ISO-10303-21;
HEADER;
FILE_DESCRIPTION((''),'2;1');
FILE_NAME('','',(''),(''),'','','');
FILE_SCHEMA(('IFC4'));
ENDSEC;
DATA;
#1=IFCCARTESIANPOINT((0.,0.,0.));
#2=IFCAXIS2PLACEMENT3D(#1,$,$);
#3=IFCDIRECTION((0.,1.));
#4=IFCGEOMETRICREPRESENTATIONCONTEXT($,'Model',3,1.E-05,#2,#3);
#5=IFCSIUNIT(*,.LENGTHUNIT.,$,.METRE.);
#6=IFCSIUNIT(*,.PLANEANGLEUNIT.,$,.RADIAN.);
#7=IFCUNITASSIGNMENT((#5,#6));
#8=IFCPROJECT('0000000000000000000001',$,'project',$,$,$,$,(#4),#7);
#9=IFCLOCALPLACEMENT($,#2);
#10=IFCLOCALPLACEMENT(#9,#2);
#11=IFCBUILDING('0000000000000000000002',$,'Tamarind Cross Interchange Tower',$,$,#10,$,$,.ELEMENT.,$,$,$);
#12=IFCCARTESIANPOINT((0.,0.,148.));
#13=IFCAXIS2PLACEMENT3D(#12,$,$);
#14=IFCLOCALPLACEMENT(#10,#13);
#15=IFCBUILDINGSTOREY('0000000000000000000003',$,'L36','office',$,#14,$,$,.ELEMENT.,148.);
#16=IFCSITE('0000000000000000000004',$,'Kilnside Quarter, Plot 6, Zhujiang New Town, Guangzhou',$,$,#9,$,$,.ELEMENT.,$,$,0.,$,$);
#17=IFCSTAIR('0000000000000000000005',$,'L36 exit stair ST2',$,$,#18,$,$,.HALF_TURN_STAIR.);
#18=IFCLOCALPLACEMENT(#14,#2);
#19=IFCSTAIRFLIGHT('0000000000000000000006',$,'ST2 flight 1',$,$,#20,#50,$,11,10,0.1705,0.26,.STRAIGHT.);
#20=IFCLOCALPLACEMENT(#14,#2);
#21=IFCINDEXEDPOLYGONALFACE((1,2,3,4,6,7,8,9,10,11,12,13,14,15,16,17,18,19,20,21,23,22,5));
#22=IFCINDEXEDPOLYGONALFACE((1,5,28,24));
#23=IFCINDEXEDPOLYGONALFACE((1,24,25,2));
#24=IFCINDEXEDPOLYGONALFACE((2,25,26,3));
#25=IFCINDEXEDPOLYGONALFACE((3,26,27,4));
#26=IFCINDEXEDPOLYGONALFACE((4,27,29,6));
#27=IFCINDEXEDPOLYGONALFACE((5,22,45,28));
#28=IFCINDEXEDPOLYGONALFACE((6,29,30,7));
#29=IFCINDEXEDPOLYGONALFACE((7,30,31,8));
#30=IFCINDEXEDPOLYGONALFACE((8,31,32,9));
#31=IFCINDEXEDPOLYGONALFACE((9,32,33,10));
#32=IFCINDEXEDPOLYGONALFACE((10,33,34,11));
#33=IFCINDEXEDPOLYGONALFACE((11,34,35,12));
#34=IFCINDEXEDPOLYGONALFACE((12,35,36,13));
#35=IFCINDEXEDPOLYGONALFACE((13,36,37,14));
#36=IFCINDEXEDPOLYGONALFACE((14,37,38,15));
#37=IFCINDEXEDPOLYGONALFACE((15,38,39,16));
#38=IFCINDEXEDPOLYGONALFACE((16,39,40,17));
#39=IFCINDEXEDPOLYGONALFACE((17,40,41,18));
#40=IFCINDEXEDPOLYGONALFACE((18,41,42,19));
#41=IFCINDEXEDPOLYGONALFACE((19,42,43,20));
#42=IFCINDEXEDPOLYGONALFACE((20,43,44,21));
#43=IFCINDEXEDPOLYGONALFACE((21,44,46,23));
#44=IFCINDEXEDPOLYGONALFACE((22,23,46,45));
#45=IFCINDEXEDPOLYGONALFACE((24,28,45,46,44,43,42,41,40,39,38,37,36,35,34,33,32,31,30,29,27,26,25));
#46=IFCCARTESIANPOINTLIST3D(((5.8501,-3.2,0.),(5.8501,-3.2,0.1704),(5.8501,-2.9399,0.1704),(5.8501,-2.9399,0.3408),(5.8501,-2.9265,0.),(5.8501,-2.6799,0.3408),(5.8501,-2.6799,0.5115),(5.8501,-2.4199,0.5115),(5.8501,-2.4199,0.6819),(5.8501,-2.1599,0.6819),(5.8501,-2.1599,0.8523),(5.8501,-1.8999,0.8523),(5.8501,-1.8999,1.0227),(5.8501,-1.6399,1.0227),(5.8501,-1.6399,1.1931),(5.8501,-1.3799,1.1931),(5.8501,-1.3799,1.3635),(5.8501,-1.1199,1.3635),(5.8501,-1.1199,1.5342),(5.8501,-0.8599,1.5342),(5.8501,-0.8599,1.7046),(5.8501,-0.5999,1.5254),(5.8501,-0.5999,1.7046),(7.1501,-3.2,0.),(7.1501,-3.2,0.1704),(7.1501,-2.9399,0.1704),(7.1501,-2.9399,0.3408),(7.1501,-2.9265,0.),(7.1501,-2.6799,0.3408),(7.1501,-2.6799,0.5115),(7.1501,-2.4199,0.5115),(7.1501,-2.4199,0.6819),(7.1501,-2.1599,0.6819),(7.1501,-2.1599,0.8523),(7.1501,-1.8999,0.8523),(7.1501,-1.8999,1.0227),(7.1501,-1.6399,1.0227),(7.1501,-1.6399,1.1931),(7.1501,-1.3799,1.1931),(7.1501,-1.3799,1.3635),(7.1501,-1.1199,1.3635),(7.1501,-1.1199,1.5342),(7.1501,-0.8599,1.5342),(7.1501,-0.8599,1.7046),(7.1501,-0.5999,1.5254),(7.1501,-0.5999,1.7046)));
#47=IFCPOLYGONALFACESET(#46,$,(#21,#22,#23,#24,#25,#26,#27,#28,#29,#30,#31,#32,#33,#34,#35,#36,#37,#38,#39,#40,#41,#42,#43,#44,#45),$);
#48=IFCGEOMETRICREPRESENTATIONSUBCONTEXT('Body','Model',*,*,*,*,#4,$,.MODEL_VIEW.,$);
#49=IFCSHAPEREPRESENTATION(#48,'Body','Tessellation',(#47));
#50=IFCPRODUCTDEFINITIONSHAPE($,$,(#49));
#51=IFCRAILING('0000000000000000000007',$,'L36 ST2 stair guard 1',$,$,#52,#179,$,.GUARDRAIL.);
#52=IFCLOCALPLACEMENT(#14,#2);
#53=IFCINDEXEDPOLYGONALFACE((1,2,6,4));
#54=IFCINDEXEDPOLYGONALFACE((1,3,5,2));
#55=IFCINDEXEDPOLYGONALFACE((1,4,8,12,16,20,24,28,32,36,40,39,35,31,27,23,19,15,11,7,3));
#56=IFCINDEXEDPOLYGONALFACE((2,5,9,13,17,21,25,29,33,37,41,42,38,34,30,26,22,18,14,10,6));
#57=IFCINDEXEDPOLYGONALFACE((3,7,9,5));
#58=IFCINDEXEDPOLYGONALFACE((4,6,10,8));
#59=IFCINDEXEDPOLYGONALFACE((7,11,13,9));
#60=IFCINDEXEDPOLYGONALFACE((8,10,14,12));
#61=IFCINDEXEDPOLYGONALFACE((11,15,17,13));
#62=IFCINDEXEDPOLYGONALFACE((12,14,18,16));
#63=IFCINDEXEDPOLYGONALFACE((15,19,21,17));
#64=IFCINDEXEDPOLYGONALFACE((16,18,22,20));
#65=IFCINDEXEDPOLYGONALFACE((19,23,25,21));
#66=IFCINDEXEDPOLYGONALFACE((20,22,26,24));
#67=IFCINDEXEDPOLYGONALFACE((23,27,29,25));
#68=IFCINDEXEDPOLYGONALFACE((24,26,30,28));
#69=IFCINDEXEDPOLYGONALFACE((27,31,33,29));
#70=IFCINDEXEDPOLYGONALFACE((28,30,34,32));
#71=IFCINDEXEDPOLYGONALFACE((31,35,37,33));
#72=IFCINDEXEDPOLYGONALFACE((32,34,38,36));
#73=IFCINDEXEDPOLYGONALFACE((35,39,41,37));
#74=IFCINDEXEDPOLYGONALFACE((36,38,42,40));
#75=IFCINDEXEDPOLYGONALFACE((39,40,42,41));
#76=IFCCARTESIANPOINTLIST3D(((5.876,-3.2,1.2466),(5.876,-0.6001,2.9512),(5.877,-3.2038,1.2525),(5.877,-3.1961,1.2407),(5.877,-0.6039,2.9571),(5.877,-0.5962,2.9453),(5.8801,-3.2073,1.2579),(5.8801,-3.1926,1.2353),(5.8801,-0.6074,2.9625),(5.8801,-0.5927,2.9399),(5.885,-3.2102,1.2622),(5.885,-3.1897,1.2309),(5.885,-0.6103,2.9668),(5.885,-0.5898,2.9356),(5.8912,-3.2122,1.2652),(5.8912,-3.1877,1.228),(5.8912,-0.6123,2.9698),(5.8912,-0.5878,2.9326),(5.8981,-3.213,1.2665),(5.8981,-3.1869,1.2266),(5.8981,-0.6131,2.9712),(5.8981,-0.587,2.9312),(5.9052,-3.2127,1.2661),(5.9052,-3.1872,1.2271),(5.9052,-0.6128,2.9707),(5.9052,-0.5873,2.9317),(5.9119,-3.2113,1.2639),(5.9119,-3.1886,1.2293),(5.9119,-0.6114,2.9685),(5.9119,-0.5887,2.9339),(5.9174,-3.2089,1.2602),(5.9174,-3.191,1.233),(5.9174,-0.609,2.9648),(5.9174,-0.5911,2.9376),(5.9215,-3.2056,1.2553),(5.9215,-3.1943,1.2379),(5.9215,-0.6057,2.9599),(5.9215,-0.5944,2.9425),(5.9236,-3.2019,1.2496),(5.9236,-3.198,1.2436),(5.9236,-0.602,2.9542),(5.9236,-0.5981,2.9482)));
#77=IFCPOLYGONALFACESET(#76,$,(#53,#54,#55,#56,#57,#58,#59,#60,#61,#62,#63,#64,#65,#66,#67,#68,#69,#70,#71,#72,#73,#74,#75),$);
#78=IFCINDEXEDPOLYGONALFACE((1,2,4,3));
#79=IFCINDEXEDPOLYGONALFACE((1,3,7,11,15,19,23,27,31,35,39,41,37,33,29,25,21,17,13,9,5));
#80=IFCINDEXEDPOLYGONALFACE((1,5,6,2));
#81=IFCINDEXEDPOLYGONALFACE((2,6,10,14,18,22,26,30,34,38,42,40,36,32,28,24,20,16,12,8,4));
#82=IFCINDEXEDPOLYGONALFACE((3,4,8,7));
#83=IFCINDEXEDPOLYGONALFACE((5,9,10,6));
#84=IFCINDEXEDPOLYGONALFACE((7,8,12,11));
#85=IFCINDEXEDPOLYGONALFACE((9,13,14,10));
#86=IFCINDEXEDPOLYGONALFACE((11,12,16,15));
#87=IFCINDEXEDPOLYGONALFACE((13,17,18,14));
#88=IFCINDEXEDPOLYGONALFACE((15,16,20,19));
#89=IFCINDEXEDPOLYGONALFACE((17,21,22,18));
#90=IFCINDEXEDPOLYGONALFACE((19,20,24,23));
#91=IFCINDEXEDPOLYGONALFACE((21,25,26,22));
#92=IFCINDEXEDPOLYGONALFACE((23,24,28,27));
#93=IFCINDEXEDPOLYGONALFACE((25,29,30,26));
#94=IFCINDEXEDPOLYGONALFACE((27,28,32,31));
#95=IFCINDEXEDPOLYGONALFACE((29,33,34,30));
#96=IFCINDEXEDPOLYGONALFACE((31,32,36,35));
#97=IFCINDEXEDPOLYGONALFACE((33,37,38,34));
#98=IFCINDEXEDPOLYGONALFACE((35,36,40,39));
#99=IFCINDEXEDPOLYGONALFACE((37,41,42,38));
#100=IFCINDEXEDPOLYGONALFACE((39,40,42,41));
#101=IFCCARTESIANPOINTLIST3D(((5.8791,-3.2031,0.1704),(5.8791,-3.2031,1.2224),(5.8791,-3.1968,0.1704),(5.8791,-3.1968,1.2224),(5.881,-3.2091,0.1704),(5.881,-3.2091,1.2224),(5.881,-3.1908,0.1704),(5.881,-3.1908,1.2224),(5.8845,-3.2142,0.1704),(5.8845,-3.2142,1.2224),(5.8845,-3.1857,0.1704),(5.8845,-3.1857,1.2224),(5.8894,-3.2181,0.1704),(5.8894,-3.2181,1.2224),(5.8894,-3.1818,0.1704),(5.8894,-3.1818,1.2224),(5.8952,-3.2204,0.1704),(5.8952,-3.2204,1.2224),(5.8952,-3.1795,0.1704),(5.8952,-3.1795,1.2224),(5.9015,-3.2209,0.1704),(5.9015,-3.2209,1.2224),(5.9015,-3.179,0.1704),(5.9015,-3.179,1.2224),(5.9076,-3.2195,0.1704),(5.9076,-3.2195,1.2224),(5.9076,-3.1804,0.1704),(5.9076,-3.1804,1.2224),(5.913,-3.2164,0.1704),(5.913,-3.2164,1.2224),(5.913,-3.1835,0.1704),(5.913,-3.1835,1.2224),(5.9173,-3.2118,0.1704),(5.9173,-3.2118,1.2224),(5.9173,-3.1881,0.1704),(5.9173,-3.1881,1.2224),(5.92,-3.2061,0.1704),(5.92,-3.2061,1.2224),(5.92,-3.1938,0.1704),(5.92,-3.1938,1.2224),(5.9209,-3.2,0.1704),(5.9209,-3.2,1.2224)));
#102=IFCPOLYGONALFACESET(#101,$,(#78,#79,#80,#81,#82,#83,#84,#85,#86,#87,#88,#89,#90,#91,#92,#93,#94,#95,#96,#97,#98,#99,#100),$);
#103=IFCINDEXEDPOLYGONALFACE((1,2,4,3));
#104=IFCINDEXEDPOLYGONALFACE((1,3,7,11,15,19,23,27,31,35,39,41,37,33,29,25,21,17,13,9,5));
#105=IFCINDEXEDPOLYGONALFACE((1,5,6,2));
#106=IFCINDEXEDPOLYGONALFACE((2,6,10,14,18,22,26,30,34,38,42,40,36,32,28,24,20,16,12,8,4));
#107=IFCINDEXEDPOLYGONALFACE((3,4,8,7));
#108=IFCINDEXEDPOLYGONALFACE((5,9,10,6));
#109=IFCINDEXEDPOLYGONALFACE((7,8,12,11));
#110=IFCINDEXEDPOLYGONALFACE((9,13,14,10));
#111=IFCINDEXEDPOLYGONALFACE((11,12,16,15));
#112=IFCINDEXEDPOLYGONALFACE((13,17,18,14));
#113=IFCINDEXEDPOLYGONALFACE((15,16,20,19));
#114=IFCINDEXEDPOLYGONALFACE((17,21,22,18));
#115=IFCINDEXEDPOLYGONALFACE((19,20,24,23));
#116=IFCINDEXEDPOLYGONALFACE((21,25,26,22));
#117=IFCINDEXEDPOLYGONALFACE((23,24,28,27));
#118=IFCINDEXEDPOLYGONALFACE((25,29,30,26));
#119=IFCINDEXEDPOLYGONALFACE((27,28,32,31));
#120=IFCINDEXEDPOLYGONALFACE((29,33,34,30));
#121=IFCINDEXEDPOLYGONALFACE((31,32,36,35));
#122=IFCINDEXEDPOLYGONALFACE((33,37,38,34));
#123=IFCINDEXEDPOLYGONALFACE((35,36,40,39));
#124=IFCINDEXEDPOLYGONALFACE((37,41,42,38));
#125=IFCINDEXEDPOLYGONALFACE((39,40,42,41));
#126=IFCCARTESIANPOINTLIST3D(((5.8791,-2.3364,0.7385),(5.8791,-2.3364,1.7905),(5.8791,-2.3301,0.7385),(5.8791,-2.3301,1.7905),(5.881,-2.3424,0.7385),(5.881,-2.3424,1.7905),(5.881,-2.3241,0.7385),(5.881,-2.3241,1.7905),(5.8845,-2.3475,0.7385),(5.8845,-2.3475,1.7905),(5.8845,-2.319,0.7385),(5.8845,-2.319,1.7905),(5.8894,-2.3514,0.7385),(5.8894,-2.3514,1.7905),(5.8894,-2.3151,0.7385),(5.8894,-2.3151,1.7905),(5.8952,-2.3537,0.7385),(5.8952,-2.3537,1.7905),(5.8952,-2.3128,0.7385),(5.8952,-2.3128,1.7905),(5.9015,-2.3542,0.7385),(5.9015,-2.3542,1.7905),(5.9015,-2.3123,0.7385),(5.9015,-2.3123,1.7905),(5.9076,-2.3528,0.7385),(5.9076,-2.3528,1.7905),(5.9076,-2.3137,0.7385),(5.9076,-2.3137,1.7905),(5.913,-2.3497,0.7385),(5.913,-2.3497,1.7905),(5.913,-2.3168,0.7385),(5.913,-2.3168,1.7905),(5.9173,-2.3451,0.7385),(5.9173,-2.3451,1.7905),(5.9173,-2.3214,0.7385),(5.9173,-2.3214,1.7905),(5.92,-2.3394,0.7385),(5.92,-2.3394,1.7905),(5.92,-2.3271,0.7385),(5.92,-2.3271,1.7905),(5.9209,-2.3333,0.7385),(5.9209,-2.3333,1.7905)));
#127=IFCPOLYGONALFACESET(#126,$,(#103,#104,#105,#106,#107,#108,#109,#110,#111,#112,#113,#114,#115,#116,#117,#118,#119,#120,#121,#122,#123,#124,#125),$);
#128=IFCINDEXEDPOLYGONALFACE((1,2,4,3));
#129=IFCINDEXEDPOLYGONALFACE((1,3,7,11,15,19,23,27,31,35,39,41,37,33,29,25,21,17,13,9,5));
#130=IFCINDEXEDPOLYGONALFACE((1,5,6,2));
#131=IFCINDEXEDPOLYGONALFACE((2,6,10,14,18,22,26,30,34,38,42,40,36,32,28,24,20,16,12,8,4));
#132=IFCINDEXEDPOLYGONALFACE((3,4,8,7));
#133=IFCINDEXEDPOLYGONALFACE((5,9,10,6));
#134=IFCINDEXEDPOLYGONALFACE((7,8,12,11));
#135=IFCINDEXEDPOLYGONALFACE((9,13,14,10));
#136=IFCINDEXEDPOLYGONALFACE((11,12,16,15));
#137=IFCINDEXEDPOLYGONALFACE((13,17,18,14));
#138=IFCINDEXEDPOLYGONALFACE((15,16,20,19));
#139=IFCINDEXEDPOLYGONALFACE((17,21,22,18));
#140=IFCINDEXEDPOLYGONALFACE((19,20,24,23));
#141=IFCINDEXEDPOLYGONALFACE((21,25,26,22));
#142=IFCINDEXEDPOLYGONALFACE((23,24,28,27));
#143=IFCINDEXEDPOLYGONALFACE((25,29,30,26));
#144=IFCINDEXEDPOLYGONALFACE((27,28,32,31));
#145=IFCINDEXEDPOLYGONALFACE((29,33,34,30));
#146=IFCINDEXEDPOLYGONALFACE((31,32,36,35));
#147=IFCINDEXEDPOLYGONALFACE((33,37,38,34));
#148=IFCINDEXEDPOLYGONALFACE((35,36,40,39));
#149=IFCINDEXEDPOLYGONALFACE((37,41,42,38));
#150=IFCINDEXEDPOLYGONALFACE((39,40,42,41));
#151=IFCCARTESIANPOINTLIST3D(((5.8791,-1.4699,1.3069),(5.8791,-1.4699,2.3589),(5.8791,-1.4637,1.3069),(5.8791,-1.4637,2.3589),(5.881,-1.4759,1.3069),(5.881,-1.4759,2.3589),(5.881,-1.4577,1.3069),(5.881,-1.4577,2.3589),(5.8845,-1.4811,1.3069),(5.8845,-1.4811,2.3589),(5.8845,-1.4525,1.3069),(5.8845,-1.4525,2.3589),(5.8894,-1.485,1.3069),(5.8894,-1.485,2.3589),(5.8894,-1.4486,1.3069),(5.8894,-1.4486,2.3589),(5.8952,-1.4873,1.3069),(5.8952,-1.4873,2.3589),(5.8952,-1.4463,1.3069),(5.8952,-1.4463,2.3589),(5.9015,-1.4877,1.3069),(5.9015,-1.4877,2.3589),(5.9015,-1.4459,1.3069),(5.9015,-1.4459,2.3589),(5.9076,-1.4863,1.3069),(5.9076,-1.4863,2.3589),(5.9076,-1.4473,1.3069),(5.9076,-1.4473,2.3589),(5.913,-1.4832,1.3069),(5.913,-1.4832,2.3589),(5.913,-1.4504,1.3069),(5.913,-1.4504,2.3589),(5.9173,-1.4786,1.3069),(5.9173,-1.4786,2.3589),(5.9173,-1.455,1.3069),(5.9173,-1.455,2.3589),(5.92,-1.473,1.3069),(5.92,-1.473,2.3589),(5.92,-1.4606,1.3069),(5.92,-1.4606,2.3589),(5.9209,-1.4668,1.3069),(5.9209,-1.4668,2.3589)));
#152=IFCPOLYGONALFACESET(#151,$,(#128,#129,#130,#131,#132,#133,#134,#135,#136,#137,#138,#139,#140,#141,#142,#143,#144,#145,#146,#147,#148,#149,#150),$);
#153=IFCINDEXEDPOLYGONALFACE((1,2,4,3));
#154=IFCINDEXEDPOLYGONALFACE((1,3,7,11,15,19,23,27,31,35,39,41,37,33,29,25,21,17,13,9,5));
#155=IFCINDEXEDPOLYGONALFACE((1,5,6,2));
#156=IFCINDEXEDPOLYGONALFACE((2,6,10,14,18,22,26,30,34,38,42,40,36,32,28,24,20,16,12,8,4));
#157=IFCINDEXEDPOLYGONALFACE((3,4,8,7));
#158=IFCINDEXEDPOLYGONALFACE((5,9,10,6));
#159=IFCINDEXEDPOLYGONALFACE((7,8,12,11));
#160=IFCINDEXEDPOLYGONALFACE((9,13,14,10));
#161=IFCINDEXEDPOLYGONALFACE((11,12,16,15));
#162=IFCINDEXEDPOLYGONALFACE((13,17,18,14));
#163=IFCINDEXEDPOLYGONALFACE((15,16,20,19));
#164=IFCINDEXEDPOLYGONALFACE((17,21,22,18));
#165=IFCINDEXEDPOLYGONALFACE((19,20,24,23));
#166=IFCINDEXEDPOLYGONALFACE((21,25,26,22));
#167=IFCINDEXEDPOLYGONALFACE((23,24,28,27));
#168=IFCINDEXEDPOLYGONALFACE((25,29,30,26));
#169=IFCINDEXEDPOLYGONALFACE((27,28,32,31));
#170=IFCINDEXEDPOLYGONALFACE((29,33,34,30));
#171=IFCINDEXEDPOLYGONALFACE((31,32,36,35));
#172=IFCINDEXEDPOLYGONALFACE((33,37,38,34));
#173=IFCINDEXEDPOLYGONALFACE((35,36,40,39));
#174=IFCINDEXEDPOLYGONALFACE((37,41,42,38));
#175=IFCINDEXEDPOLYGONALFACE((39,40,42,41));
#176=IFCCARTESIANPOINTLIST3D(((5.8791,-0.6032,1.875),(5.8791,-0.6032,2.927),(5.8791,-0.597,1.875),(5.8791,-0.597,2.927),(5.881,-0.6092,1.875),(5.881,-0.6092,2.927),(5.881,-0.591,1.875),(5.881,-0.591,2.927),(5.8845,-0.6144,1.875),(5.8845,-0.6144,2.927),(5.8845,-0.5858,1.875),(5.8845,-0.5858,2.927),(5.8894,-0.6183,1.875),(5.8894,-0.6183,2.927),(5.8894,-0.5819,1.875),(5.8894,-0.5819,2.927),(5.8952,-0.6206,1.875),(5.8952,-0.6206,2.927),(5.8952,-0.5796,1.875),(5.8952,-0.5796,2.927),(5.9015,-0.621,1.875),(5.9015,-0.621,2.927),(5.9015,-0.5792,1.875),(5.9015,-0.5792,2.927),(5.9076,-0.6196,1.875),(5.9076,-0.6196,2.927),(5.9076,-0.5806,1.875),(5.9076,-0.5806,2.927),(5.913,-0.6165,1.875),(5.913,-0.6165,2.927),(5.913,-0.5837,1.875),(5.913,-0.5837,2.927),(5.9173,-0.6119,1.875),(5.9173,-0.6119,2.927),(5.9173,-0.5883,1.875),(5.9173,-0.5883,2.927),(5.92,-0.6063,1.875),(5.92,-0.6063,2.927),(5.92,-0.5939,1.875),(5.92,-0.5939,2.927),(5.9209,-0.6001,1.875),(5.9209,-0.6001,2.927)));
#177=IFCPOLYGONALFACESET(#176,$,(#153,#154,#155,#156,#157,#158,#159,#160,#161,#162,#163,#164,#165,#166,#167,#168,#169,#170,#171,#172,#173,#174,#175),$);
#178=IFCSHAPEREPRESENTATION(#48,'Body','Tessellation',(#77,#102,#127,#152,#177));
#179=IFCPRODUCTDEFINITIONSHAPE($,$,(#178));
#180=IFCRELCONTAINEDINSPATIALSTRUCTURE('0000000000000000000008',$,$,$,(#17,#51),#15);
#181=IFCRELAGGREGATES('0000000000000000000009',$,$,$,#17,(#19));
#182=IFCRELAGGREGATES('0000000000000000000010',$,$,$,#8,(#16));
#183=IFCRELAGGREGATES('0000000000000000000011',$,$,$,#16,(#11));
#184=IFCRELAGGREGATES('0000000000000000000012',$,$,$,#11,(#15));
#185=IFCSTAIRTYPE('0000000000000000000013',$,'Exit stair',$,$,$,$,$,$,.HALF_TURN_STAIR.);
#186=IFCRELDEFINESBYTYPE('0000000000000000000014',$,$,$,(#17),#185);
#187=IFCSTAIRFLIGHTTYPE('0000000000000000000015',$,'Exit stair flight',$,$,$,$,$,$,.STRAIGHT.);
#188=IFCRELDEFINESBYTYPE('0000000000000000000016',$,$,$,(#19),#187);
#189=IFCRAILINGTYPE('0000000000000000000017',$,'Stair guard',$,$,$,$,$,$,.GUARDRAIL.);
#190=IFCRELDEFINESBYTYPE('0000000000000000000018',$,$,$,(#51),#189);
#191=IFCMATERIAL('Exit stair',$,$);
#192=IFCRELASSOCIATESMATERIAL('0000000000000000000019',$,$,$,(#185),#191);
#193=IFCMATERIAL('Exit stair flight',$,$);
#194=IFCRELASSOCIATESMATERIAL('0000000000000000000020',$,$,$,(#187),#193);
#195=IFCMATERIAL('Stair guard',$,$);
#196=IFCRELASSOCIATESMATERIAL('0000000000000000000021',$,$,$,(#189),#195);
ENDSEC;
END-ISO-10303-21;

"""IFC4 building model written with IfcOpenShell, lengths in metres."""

from ifc_helpers import new_model, si_unit, direction, frame, origin, origin_2d, place, context, subcontext, project, spatial, polyline, circle, outline, extrude, material, type_object, element, aggregate, save


model = new_model("IFC4")

# Units and contexts
model_context = context("Model", 3, precision=1e-05, world=origin(), true_north=direction((0.0, 1.0)))
body_context = subcontext(model_context, "Body", "Model", "MODEL_VIEW")
ifc_project = project(units=[si_unit("LENGTHUNIT", "METRE"), si_unit("PLANEANGLEUNIT", "RADIAN")], contexts=[model_context])

# Site, building, storey
site_placement = place(None, origin())
site = spatial("IfcSite", under=ifc_project, at=site_placement, Name="Kilnside Quarter, Plot 6, Zhujiang New Town, Guangzhou", CompositionType="ELEMENT", RefElevation=0.0)
building_placement = place(site_placement, origin())
building = spatial("IfcBuilding", under=site, at=building_placement, Name="Tamarind Cross Interchange Tower", CompositionType="ELEMENT")
storey_placement = place(building_placement, frame((0.0, 0.0, 148.0)))
storey = spatial("IfcBuildingStorey", under=building, at=storey_placement, Name="L36", Description="office", CompositionType="ELEMENT", Elevation=148.0)

# Stair, stair flight
ifc_material_1 = material(Name="Exit stair")
stair_type = type_object("IfcStairType", Name="Exit stair", PredefinedType="HALF_TURN_STAIR", material=ifc_material_1)
stair_placement = place(storey_placement, origin())
stair = element("IfcStair", 1, at=stair_placement, inside=storey, type_object=stair_type, Name="L36 exit stair ST2", PredefinedType="HALF_TURN_STAIR")
ifc_material_2 = material(Name="Exit stair flight")
stair_flight_type = type_object("IfcStairFlightType", Name="Exit stair flight", PredefinedType="STRAIGHT", material=ifc_material_2)
stair_flight_placement = place(storey_placement, frame((6.5, -3.2, 0.0), z_axis=(0.0, 0.0, 1.0), x_axis=(0.0, 1.0, 0.0)))
stair_flight = element("IfcStairFlight", 2, at=stair_flight_placement, type_object=stair_flight_type, Name="ST2 flight 1", NumberOfRisers=11, NumberOfTreads=10, PredefinedType="STRAIGHT", RiserHeight=0.1705, TreadLength=0.26, context=body_context, shape_type="SweptSolid", body=[
    extrude(outline(polyline([(0.0, 0.0), (0.0, 0.1704), (0.26, 0.1704), (0.26, 0.3408), (0.52, 0.3408), (0.52, 0.5115), (0.78, 0.5115), (0.78, 0.6819), (1.04, 0.6819), (1.04, 0.8523), (1.3, 0.8523), (1.3, 1.0227), (1.5601, 1.0227), (1.5601, 1.1931), (1.8201, 1.1931), (1.8201, 1.3635), (2.0801, 1.3635), (2.0801, 1.5342), (2.3401, 1.5342), (2.3401, 1.7046), (2.6001, 1.7046), (2.6001, 1.875), (2.6001, 1.5254), (0.2734, 0.0), (0.0, 0.0)])), frame((0.0, 0.6499, 0.0), z_axis=(0.0, -1.0, 0.0), x_axis=(1.0, 0.0, 0.0)), (0.0, 0.0, 1.0), 1.3),
])
aggregate(stair, [stair_flight])

# Railing
ifc_material_3 = material(Name="Stair guard")
railing_type_1 = type_object("IfcRailingType", Name="Stair guard", PredefinedType="GUARDRAIL", material=ifc_material_3)
railing_1_placement = place(storey_placement, frame((5.8999, -3.2, 0.1704)))
element("IfcRailing", 3, at=railing_1_placement, inside=storey, type_object=railing_type_1, Name="L36 ST2 stair guard 1", PredefinedType="GUARDRAIL", context=body_context, shape_type="SweptSolid", body=[
    extrude(circle(Radius=0.0239, at=origin_2d()), frame((0.0, 0.0, 1.0762), z_axis=(0.0, 0.836279, 0.548305), x_axis=(-1.0, 0.0, 0.0)), (0.0, 0.0, 1.0), 3.1089),
    extrude(circle(Radius=0.021, at=origin_2d()), origin(), (0.0, 0.0, 1.0), 1.052),
    extrude(circle(Radius=0.021, at=origin_2d()), frame((0.0, 0.8667, 0.5681)), (0.0, 0.0, 1.0), 1.052),
    extrude(circle(Radius=0.021, at=origin_2d()), frame((0.0, 1.7332, 1.1365)), (0.0, 0.0, 1.0), 1.052),
    extrude(circle(Radius=0.021, at=origin_2d()), frame((0.0, 2.5999, 1.7046)), (0.0, 0.0, 1.0), 1.052),
])

save(model, "model.ifc")
